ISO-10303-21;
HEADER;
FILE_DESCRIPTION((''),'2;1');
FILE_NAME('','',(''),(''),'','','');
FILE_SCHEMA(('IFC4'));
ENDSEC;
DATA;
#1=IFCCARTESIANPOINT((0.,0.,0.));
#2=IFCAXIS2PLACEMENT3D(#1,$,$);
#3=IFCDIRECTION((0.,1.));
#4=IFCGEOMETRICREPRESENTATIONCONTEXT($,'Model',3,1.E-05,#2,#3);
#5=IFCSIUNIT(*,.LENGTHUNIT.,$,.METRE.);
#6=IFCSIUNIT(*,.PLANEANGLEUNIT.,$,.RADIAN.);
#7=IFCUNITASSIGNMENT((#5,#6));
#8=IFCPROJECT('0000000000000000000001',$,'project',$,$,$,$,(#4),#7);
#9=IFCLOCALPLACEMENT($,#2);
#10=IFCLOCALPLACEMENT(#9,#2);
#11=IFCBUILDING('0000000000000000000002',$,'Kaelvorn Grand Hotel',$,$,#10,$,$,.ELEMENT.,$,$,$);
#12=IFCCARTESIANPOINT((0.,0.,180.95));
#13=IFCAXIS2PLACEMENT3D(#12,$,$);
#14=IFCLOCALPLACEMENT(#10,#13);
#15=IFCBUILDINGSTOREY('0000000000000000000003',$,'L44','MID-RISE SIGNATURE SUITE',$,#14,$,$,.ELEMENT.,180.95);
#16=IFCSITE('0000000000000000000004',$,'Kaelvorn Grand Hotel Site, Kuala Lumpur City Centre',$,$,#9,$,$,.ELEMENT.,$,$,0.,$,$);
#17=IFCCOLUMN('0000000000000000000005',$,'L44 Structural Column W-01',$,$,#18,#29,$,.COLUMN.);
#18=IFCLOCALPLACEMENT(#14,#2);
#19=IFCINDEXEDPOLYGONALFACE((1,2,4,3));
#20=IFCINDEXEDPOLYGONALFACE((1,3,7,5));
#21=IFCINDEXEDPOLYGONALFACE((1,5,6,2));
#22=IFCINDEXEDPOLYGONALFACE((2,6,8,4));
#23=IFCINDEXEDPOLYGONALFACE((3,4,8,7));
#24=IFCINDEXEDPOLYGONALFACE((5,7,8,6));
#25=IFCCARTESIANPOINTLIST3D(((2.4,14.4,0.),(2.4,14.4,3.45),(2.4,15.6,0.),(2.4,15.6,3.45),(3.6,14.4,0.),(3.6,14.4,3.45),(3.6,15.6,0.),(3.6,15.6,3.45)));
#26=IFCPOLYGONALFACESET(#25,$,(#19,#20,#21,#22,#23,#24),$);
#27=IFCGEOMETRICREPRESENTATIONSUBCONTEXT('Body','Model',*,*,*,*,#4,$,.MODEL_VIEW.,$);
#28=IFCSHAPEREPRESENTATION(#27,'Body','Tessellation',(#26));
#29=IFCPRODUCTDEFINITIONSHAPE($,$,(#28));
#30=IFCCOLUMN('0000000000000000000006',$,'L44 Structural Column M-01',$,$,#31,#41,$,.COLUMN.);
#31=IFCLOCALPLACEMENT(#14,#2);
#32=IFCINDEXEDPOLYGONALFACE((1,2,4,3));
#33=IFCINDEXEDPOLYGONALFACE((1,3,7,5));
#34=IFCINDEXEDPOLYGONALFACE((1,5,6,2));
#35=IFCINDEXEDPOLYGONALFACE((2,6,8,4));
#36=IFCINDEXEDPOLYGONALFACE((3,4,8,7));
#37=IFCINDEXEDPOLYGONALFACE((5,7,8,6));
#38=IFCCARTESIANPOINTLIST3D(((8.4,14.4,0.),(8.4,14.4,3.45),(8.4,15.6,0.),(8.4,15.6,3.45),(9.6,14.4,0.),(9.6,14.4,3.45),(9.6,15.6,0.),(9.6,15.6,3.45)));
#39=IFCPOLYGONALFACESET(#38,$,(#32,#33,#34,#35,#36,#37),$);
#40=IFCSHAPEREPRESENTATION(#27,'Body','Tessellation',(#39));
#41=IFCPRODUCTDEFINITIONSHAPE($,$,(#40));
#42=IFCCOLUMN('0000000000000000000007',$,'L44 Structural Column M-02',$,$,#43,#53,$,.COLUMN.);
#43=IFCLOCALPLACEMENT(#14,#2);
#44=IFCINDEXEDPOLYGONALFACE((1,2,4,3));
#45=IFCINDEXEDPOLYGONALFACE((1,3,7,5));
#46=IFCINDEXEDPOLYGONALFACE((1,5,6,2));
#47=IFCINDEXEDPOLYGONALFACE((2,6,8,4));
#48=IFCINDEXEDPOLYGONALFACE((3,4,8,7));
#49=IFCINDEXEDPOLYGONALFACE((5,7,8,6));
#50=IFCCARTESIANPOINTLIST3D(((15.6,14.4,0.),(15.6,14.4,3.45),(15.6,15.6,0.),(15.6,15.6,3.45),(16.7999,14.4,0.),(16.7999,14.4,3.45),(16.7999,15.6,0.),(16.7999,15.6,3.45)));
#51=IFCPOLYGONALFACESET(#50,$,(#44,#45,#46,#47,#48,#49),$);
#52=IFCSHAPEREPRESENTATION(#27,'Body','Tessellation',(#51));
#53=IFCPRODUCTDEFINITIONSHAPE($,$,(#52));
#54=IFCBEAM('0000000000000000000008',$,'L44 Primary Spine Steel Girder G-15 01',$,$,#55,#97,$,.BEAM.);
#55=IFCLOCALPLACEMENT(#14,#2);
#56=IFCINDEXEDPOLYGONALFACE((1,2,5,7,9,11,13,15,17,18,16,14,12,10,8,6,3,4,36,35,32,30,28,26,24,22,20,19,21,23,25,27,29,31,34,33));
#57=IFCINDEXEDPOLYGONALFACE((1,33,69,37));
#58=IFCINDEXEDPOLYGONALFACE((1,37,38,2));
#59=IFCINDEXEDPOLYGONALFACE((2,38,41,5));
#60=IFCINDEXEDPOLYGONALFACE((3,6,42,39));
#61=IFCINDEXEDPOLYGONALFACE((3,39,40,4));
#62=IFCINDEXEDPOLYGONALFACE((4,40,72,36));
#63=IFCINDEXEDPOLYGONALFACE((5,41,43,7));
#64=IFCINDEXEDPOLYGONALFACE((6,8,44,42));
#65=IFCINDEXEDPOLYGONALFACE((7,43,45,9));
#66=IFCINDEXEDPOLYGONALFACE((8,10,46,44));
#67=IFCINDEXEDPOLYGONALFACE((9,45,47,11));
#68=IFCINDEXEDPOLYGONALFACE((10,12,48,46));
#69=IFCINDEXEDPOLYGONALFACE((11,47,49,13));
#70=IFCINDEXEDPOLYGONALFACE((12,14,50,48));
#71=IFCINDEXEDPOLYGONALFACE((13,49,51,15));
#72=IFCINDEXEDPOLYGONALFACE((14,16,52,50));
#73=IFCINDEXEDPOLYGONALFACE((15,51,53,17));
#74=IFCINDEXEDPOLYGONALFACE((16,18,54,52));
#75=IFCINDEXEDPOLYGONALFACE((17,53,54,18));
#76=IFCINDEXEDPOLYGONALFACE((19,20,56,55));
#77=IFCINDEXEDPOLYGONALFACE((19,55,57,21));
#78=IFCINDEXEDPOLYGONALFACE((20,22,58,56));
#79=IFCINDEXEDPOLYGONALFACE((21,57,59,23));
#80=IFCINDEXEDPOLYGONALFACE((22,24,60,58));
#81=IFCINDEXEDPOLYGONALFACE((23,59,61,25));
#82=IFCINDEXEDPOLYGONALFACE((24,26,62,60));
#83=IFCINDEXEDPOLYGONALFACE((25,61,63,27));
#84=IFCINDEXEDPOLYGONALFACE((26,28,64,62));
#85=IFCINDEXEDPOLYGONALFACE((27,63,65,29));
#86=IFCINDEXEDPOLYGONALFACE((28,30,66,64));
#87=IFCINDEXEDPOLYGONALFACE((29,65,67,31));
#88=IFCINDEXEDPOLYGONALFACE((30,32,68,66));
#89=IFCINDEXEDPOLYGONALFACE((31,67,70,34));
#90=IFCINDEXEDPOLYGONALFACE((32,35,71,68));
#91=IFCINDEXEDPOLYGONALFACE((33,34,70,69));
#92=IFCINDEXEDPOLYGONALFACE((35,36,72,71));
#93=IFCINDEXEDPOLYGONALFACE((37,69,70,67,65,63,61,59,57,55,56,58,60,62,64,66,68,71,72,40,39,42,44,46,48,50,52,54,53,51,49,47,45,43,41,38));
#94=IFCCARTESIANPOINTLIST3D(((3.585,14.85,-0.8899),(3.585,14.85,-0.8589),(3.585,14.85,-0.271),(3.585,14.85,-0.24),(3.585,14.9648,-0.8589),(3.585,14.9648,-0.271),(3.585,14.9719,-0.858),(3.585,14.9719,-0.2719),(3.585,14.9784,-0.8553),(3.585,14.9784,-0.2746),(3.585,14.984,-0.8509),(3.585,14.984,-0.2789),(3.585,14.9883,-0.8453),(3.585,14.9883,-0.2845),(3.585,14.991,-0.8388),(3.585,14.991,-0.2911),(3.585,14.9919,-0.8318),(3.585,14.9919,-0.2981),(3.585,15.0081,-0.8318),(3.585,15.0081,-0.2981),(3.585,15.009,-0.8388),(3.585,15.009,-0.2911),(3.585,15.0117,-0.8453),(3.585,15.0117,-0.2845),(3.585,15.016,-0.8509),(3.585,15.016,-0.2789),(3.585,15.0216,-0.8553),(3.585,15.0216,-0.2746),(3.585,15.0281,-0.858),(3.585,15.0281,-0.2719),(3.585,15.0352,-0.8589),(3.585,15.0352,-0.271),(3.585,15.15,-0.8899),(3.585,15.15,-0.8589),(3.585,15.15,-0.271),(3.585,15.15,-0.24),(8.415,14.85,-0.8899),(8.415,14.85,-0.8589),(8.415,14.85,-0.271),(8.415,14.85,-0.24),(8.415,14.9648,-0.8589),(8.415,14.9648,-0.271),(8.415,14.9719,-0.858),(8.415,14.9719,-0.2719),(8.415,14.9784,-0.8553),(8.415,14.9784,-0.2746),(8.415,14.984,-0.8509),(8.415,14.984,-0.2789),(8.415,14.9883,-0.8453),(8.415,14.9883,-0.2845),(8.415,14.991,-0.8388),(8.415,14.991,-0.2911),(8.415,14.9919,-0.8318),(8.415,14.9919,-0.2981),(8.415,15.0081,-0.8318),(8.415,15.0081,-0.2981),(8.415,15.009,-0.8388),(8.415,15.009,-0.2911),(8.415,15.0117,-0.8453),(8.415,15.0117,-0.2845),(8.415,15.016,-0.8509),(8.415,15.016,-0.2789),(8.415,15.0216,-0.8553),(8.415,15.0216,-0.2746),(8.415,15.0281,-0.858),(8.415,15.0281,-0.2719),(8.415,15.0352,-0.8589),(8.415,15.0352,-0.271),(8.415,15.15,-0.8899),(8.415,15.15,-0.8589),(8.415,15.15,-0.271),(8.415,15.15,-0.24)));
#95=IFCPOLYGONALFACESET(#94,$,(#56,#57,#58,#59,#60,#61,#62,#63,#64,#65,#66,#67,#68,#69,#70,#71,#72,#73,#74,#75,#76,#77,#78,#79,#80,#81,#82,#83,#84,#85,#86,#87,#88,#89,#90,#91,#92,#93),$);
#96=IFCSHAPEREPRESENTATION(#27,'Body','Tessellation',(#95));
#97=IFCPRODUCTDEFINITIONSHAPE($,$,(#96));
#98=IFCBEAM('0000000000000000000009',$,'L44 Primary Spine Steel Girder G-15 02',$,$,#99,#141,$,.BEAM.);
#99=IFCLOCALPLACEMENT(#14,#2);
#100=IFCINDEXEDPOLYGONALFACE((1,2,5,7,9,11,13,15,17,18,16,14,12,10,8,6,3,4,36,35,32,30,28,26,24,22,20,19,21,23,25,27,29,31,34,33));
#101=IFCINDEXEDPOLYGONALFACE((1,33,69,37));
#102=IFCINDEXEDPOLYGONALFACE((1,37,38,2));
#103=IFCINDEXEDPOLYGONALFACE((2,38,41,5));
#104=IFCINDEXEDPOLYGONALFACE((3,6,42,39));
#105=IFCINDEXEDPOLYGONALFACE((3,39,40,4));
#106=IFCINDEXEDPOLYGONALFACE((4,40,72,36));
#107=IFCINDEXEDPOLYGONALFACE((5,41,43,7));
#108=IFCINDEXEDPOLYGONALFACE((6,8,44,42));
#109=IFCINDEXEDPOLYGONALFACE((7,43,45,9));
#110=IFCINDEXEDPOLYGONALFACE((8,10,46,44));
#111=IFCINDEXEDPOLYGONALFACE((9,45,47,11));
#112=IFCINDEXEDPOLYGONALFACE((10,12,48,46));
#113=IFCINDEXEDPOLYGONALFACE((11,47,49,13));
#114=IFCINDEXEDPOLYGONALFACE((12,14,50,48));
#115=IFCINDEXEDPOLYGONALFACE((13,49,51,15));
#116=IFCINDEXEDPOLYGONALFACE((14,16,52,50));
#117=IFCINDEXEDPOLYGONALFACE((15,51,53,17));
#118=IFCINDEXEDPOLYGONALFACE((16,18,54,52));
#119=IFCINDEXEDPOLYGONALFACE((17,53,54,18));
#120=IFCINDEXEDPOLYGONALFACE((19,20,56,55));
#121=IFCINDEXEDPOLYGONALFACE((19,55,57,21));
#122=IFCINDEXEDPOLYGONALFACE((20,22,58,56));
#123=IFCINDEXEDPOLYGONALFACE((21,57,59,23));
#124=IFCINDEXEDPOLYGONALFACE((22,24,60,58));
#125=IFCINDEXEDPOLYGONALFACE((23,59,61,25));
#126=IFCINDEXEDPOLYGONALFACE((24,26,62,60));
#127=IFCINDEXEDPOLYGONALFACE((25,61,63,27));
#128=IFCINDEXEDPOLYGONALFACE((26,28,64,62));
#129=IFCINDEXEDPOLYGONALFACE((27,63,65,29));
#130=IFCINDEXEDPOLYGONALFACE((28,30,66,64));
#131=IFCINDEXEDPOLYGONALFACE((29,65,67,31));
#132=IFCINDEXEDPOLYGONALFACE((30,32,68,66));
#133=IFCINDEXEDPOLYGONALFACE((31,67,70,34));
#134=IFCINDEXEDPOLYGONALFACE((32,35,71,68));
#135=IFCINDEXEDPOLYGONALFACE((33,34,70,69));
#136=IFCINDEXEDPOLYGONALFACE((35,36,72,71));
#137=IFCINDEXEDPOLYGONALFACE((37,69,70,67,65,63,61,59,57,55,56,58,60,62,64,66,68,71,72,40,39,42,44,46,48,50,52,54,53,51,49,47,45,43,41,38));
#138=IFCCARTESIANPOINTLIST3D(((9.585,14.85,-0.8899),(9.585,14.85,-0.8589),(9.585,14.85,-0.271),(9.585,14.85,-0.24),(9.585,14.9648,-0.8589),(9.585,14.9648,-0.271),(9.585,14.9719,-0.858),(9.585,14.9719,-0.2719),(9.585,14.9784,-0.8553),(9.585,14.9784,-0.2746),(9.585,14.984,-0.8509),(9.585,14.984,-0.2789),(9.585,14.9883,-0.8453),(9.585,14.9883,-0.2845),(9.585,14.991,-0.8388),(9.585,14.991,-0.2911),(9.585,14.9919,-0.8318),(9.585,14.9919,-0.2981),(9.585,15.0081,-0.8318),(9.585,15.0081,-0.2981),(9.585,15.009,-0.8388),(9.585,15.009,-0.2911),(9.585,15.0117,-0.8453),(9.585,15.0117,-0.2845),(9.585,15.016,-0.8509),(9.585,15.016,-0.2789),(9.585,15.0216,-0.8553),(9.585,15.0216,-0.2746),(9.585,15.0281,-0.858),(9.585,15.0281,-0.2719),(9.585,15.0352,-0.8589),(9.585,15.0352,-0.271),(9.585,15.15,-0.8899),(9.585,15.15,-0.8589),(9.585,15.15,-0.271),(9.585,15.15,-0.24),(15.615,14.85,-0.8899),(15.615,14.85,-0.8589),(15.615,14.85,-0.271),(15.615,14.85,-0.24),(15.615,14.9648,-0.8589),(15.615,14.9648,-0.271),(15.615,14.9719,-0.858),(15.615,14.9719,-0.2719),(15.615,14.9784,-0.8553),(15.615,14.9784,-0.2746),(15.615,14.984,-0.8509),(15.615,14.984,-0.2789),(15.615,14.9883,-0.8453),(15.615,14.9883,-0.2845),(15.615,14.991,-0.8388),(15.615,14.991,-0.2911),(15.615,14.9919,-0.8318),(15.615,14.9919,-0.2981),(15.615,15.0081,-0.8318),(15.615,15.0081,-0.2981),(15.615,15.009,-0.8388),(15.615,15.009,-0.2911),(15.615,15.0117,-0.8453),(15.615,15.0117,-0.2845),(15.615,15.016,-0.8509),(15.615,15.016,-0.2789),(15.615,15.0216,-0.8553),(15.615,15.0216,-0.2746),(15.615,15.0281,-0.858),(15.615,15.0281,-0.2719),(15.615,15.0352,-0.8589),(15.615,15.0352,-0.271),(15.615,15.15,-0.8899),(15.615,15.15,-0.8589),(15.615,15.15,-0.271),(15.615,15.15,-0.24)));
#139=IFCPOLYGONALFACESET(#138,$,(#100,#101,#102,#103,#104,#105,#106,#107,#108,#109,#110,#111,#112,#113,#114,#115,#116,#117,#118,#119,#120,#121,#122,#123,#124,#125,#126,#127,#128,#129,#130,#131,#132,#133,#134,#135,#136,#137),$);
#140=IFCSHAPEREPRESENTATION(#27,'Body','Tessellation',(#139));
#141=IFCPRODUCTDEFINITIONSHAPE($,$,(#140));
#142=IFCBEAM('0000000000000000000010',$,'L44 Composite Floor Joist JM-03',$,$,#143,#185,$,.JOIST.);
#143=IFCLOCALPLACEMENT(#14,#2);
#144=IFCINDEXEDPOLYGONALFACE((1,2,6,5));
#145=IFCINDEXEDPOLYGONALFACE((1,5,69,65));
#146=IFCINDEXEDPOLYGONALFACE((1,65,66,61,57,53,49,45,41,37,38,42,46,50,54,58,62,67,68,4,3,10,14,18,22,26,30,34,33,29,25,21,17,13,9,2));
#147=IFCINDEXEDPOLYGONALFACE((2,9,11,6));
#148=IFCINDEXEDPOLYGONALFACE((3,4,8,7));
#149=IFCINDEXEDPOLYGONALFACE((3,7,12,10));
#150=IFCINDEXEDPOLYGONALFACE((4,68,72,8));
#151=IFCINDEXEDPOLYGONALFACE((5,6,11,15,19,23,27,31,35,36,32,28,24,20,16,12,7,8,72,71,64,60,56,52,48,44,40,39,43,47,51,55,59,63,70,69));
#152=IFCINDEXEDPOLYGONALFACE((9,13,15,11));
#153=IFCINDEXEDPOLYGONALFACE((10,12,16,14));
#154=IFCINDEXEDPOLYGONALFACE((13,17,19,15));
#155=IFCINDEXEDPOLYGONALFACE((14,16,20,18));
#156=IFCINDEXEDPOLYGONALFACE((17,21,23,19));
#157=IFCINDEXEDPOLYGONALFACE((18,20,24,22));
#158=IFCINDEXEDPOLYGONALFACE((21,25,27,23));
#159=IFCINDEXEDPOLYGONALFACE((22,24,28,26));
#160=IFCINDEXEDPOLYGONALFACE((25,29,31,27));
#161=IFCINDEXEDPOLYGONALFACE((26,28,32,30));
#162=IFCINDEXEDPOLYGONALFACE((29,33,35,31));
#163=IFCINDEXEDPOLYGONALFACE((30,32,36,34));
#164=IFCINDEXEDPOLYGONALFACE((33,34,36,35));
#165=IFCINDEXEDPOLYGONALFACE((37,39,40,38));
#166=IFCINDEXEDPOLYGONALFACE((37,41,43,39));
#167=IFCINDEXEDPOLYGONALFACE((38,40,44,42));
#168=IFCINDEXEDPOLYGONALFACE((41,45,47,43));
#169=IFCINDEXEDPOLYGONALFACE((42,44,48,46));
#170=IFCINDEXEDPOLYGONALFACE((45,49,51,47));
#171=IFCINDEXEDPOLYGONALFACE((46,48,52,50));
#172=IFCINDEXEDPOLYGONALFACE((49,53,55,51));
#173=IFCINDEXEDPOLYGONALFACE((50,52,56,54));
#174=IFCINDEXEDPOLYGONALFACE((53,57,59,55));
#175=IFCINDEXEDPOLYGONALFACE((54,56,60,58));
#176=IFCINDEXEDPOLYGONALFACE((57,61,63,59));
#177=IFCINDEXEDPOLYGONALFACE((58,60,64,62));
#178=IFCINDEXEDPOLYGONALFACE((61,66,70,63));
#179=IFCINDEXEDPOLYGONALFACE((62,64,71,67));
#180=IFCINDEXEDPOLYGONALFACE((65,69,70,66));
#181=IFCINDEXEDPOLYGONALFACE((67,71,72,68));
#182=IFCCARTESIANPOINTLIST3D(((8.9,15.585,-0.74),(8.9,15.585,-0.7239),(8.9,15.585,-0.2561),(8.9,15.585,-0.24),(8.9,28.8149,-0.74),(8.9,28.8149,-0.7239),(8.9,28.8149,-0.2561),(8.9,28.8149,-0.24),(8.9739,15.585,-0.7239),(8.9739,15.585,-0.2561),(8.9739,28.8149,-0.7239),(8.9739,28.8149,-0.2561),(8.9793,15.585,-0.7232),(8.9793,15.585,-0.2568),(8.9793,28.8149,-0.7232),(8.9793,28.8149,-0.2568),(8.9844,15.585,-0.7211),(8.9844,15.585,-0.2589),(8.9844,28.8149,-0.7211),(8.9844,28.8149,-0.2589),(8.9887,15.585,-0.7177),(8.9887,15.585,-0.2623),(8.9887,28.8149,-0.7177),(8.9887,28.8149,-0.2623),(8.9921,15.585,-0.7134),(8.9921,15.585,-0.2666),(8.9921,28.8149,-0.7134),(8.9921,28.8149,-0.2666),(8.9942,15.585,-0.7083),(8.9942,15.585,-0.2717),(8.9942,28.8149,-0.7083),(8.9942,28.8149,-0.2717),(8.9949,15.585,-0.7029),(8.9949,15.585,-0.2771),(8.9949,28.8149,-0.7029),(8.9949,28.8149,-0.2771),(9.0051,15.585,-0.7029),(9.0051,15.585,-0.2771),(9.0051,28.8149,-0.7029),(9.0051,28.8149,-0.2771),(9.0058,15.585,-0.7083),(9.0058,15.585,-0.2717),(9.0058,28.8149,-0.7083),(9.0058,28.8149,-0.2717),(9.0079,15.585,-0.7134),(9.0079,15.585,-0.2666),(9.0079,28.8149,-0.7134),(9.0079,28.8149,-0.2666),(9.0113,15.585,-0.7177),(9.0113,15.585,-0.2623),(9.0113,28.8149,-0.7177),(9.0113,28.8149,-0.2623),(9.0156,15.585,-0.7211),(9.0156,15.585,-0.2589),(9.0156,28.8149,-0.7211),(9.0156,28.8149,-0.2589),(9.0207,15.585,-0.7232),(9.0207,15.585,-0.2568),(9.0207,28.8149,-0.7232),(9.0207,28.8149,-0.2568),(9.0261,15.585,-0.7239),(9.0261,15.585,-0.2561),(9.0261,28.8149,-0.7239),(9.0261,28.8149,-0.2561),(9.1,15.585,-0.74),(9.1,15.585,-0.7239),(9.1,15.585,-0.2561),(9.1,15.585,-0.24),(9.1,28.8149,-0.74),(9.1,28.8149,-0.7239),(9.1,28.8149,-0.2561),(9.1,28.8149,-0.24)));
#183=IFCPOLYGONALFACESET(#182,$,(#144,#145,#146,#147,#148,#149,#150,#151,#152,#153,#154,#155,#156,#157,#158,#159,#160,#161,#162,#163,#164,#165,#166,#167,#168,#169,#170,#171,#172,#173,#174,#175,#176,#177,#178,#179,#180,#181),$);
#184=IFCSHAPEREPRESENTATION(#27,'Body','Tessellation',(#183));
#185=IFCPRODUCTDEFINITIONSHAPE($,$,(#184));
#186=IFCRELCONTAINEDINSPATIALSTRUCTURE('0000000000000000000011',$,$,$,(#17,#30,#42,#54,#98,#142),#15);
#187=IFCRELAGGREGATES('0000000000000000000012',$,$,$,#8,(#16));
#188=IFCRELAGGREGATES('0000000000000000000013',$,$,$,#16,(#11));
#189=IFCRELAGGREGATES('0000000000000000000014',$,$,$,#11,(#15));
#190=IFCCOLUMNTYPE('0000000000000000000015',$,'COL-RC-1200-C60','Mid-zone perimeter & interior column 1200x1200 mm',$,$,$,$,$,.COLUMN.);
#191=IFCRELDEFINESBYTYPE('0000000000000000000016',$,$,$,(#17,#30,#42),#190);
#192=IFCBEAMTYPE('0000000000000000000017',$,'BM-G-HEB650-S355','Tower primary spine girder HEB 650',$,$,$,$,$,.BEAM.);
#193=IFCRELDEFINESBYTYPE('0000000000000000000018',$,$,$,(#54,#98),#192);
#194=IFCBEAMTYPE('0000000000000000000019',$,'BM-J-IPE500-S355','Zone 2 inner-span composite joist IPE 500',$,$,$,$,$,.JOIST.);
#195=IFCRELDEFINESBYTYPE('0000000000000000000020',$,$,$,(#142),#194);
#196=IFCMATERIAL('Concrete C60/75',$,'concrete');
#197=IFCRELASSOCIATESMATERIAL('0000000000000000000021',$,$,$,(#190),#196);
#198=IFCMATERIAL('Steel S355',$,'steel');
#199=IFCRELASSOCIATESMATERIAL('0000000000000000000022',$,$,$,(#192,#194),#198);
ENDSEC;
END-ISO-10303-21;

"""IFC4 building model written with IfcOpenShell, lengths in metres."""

from ifc_helpers import new_model, si_unit, direction, frame, origin, origin_2d, place, context, subcontext, project, spatial, rectangle, i_section, extrude, material, material_profile, profile_set, type_object, element, save


model = new_model("IFC4")

# Units and contexts
model_context = context("Model", 3, precision=1e-05, world=origin(), true_north=direction((0.0, 1.0)))
body_context = subcontext(model_context, "Body", "Model", "MODEL_VIEW")
ifc_project = project(units=[si_unit("LENGTHUNIT", "METRE"), si_unit("PLANEANGLEUNIT", "RADIAN")], contexts=[model_context])

# Site, building, storey
site_placement = place(None, origin())
site = spatial("IfcSite", under=ifc_project, at=site_placement, Name="Kaelvorn Grand Hotel Site, Kuala Lumpur City Centre", CompositionType="ELEMENT", RefElevation=0.0)
building_placement = place(site_placement, origin())
building = spatial("IfcBuilding", under=site, at=building_placement, Name="Kaelvorn Grand Hotel", CompositionType="ELEMENT")
storey_placement = place(building_placement, frame((0.0, 0.0, 180.95)))
storey = spatial("IfcBuildingStorey", under=building, at=storey_placement, Name="L44", Description="MID-RISE SIGNATURE SUITE", CompositionType="ELEMENT", Elevation=180.95)

# Columns
ifc_material_1 = material(Name="Concrete C60/75", Category="concrete")
ifc_material_profile_1 = material_profile(ifc_material_1, rectangle(XDim=1.2, YDim=1.2, at=origin_2d()), Name="RC COL 1200x1200")
ifc_profile_set_1 = profile_set([ifc_material_profile_1], Name="Concrete C60/75")
column_type = type_object("IfcColumnType", Name="COL-RC-1200-C60", Description="Mid-zone perimeter & interior column 1200x1200 mm", PredefinedType="COLUMN", material=ifc_profile_set_1)
for number, where, z_axis, x_axis, name in (
    (1, (3.0, 15.0, 0.0), (0.0, 0.0, 1.0), (1.0, 0.0, 0.0), "L44 Structural Column W-01"),
    (2, (9.0, 15.0, 0.0), (0.0, 0.0, 1.0), (1.0, 0.0, 0.0), "L44 Structural Column M-01"),
    (3, (16.2, 15.0, 0.0), (0.0, 0.0, 1.0), (1.0, 0.0, 0.0), "L44 Structural Column M-02"),
):
    element("IfcColumn", number, at=place(storey_placement, frame(where, z_axis=z_axis, x_axis=x_axis)), inside=storey, type_object=column_type, Name=name, PredefinedType="COLUMN", context=body_context, shape_type="SweptSolid", body=[
        extrude(rectangle(XDim=1.2, YDim=1.2, at=origin_2d()), origin(), (0.0, 0.0, 1.0), 3.45),
    ])

# Beams
ifc_material_2 = material(Name="Steel S355", Category="steel")
ifc_material_profile_2 = material_profile(ifc_material_2, i_section(OverallWidth=0.3, OverallDepth=0.6499, WebThickness=0.0161, FlangeThickness=0.031, FilletRadius=0.0271, at=origin_2d()), Name="HEB 650")
ifc_profile_set_2 = profile_set([ifc_material_profile_2], Name="Steel S355")
beam_type_1 = type_object("IfcBeamType", Name="BM-G-HEB650-S355", Description="Tower primary spine girder HEB 650", PredefinedType="BEAM", material=ifc_profile_set_2)
beam_1_placement = place(storey_placement, frame((3.585, 15.0, -0.5649), z_axis=(1.0, 0.0, 0.0), x_axis=(0.0, 1.0, 0.0)))
element("IfcBeam", 4, at=beam_1_placement, inside=storey, type_object=beam_type_1, Name="L44 Primary Spine Steel Girder G-15 01", PredefinedType="BEAM", context=body_context, shape_type="SweptSolid", body=[
    extrude(i_section(OverallWidth=0.3, OverallDepth=0.6499, WebThickness=0.0161, FlangeThickness=0.031, FilletRadius=0.0271, at=origin_2d()), origin(), (0.0, 0.0, 1.0), 4.8301),
])
beam_2_placement = place(storey_placement, frame((9.585, 15.0, -0.5649), z_axis=(1.0, 0.0, 0.0), x_axis=(0.0, 1.0, 0.0)))
element("IfcBeam", 5, at=beam_2_placement, inside=storey, type_object=beam_type_1, Name="L44 Primary Spine Steel Girder G-15 02", PredefinedType="BEAM", context=body_context, shape_type="SweptSolid", body=[
    extrude(i_section(OverallWidth=0.3, OverallDepth=0.6499, WebThickness=0.0161, FlangeThickness=0.031, FilletRadius=0.0271, at=origin_2d()), origin(), (0.0, 0.0, 1.0), 6.03),
])
ifc_material_profile_3 = material_profile(ifc_material_2, i_section(OverallWidth=0.2, OverallDepth=0.5, WebThickness=0.0103, FlangeThickness=0.0161, FilletRadius=0.021, at=origin_2d()), Name="IPE 500")
ifc_profile_set_3 = profile_set([ifc_material_profile_3], Name="Steel S355")
beam_type_2 = type_object("IfcBeamType", Name="BM-J-IPE500-S355", Description="Zone 2 inner-span composite joist IPE 500", PredefinedType="JOIST", material=ifc_profile_set_3)
beam_3_placement = place(storey_placement, frame((9.0, 15.585, -0.49), z_axis=(0.0, 1.0, 0.0), x_axis=(-1.0, 0.0, 0.0)))
element("IfcBeam", 6, at=beam_3_placement, inside=storey, type_object=beam_type_2, Name="L44 Composite Floor Joist JM-03", PredefinedType="JOIST", context=body_context, shape_type="SweptSolid", body=[
    extrude(i_section(OverallWidth=0.2, OverallDepth=0.5, WebThickness=0.0103, FlangeThickness=0.0161, FilletRadius=0.021, at=origin_2d()), origin(), (0.0, 0.0, 1.0), 13.23),
])

save(model, "model.ifc")
